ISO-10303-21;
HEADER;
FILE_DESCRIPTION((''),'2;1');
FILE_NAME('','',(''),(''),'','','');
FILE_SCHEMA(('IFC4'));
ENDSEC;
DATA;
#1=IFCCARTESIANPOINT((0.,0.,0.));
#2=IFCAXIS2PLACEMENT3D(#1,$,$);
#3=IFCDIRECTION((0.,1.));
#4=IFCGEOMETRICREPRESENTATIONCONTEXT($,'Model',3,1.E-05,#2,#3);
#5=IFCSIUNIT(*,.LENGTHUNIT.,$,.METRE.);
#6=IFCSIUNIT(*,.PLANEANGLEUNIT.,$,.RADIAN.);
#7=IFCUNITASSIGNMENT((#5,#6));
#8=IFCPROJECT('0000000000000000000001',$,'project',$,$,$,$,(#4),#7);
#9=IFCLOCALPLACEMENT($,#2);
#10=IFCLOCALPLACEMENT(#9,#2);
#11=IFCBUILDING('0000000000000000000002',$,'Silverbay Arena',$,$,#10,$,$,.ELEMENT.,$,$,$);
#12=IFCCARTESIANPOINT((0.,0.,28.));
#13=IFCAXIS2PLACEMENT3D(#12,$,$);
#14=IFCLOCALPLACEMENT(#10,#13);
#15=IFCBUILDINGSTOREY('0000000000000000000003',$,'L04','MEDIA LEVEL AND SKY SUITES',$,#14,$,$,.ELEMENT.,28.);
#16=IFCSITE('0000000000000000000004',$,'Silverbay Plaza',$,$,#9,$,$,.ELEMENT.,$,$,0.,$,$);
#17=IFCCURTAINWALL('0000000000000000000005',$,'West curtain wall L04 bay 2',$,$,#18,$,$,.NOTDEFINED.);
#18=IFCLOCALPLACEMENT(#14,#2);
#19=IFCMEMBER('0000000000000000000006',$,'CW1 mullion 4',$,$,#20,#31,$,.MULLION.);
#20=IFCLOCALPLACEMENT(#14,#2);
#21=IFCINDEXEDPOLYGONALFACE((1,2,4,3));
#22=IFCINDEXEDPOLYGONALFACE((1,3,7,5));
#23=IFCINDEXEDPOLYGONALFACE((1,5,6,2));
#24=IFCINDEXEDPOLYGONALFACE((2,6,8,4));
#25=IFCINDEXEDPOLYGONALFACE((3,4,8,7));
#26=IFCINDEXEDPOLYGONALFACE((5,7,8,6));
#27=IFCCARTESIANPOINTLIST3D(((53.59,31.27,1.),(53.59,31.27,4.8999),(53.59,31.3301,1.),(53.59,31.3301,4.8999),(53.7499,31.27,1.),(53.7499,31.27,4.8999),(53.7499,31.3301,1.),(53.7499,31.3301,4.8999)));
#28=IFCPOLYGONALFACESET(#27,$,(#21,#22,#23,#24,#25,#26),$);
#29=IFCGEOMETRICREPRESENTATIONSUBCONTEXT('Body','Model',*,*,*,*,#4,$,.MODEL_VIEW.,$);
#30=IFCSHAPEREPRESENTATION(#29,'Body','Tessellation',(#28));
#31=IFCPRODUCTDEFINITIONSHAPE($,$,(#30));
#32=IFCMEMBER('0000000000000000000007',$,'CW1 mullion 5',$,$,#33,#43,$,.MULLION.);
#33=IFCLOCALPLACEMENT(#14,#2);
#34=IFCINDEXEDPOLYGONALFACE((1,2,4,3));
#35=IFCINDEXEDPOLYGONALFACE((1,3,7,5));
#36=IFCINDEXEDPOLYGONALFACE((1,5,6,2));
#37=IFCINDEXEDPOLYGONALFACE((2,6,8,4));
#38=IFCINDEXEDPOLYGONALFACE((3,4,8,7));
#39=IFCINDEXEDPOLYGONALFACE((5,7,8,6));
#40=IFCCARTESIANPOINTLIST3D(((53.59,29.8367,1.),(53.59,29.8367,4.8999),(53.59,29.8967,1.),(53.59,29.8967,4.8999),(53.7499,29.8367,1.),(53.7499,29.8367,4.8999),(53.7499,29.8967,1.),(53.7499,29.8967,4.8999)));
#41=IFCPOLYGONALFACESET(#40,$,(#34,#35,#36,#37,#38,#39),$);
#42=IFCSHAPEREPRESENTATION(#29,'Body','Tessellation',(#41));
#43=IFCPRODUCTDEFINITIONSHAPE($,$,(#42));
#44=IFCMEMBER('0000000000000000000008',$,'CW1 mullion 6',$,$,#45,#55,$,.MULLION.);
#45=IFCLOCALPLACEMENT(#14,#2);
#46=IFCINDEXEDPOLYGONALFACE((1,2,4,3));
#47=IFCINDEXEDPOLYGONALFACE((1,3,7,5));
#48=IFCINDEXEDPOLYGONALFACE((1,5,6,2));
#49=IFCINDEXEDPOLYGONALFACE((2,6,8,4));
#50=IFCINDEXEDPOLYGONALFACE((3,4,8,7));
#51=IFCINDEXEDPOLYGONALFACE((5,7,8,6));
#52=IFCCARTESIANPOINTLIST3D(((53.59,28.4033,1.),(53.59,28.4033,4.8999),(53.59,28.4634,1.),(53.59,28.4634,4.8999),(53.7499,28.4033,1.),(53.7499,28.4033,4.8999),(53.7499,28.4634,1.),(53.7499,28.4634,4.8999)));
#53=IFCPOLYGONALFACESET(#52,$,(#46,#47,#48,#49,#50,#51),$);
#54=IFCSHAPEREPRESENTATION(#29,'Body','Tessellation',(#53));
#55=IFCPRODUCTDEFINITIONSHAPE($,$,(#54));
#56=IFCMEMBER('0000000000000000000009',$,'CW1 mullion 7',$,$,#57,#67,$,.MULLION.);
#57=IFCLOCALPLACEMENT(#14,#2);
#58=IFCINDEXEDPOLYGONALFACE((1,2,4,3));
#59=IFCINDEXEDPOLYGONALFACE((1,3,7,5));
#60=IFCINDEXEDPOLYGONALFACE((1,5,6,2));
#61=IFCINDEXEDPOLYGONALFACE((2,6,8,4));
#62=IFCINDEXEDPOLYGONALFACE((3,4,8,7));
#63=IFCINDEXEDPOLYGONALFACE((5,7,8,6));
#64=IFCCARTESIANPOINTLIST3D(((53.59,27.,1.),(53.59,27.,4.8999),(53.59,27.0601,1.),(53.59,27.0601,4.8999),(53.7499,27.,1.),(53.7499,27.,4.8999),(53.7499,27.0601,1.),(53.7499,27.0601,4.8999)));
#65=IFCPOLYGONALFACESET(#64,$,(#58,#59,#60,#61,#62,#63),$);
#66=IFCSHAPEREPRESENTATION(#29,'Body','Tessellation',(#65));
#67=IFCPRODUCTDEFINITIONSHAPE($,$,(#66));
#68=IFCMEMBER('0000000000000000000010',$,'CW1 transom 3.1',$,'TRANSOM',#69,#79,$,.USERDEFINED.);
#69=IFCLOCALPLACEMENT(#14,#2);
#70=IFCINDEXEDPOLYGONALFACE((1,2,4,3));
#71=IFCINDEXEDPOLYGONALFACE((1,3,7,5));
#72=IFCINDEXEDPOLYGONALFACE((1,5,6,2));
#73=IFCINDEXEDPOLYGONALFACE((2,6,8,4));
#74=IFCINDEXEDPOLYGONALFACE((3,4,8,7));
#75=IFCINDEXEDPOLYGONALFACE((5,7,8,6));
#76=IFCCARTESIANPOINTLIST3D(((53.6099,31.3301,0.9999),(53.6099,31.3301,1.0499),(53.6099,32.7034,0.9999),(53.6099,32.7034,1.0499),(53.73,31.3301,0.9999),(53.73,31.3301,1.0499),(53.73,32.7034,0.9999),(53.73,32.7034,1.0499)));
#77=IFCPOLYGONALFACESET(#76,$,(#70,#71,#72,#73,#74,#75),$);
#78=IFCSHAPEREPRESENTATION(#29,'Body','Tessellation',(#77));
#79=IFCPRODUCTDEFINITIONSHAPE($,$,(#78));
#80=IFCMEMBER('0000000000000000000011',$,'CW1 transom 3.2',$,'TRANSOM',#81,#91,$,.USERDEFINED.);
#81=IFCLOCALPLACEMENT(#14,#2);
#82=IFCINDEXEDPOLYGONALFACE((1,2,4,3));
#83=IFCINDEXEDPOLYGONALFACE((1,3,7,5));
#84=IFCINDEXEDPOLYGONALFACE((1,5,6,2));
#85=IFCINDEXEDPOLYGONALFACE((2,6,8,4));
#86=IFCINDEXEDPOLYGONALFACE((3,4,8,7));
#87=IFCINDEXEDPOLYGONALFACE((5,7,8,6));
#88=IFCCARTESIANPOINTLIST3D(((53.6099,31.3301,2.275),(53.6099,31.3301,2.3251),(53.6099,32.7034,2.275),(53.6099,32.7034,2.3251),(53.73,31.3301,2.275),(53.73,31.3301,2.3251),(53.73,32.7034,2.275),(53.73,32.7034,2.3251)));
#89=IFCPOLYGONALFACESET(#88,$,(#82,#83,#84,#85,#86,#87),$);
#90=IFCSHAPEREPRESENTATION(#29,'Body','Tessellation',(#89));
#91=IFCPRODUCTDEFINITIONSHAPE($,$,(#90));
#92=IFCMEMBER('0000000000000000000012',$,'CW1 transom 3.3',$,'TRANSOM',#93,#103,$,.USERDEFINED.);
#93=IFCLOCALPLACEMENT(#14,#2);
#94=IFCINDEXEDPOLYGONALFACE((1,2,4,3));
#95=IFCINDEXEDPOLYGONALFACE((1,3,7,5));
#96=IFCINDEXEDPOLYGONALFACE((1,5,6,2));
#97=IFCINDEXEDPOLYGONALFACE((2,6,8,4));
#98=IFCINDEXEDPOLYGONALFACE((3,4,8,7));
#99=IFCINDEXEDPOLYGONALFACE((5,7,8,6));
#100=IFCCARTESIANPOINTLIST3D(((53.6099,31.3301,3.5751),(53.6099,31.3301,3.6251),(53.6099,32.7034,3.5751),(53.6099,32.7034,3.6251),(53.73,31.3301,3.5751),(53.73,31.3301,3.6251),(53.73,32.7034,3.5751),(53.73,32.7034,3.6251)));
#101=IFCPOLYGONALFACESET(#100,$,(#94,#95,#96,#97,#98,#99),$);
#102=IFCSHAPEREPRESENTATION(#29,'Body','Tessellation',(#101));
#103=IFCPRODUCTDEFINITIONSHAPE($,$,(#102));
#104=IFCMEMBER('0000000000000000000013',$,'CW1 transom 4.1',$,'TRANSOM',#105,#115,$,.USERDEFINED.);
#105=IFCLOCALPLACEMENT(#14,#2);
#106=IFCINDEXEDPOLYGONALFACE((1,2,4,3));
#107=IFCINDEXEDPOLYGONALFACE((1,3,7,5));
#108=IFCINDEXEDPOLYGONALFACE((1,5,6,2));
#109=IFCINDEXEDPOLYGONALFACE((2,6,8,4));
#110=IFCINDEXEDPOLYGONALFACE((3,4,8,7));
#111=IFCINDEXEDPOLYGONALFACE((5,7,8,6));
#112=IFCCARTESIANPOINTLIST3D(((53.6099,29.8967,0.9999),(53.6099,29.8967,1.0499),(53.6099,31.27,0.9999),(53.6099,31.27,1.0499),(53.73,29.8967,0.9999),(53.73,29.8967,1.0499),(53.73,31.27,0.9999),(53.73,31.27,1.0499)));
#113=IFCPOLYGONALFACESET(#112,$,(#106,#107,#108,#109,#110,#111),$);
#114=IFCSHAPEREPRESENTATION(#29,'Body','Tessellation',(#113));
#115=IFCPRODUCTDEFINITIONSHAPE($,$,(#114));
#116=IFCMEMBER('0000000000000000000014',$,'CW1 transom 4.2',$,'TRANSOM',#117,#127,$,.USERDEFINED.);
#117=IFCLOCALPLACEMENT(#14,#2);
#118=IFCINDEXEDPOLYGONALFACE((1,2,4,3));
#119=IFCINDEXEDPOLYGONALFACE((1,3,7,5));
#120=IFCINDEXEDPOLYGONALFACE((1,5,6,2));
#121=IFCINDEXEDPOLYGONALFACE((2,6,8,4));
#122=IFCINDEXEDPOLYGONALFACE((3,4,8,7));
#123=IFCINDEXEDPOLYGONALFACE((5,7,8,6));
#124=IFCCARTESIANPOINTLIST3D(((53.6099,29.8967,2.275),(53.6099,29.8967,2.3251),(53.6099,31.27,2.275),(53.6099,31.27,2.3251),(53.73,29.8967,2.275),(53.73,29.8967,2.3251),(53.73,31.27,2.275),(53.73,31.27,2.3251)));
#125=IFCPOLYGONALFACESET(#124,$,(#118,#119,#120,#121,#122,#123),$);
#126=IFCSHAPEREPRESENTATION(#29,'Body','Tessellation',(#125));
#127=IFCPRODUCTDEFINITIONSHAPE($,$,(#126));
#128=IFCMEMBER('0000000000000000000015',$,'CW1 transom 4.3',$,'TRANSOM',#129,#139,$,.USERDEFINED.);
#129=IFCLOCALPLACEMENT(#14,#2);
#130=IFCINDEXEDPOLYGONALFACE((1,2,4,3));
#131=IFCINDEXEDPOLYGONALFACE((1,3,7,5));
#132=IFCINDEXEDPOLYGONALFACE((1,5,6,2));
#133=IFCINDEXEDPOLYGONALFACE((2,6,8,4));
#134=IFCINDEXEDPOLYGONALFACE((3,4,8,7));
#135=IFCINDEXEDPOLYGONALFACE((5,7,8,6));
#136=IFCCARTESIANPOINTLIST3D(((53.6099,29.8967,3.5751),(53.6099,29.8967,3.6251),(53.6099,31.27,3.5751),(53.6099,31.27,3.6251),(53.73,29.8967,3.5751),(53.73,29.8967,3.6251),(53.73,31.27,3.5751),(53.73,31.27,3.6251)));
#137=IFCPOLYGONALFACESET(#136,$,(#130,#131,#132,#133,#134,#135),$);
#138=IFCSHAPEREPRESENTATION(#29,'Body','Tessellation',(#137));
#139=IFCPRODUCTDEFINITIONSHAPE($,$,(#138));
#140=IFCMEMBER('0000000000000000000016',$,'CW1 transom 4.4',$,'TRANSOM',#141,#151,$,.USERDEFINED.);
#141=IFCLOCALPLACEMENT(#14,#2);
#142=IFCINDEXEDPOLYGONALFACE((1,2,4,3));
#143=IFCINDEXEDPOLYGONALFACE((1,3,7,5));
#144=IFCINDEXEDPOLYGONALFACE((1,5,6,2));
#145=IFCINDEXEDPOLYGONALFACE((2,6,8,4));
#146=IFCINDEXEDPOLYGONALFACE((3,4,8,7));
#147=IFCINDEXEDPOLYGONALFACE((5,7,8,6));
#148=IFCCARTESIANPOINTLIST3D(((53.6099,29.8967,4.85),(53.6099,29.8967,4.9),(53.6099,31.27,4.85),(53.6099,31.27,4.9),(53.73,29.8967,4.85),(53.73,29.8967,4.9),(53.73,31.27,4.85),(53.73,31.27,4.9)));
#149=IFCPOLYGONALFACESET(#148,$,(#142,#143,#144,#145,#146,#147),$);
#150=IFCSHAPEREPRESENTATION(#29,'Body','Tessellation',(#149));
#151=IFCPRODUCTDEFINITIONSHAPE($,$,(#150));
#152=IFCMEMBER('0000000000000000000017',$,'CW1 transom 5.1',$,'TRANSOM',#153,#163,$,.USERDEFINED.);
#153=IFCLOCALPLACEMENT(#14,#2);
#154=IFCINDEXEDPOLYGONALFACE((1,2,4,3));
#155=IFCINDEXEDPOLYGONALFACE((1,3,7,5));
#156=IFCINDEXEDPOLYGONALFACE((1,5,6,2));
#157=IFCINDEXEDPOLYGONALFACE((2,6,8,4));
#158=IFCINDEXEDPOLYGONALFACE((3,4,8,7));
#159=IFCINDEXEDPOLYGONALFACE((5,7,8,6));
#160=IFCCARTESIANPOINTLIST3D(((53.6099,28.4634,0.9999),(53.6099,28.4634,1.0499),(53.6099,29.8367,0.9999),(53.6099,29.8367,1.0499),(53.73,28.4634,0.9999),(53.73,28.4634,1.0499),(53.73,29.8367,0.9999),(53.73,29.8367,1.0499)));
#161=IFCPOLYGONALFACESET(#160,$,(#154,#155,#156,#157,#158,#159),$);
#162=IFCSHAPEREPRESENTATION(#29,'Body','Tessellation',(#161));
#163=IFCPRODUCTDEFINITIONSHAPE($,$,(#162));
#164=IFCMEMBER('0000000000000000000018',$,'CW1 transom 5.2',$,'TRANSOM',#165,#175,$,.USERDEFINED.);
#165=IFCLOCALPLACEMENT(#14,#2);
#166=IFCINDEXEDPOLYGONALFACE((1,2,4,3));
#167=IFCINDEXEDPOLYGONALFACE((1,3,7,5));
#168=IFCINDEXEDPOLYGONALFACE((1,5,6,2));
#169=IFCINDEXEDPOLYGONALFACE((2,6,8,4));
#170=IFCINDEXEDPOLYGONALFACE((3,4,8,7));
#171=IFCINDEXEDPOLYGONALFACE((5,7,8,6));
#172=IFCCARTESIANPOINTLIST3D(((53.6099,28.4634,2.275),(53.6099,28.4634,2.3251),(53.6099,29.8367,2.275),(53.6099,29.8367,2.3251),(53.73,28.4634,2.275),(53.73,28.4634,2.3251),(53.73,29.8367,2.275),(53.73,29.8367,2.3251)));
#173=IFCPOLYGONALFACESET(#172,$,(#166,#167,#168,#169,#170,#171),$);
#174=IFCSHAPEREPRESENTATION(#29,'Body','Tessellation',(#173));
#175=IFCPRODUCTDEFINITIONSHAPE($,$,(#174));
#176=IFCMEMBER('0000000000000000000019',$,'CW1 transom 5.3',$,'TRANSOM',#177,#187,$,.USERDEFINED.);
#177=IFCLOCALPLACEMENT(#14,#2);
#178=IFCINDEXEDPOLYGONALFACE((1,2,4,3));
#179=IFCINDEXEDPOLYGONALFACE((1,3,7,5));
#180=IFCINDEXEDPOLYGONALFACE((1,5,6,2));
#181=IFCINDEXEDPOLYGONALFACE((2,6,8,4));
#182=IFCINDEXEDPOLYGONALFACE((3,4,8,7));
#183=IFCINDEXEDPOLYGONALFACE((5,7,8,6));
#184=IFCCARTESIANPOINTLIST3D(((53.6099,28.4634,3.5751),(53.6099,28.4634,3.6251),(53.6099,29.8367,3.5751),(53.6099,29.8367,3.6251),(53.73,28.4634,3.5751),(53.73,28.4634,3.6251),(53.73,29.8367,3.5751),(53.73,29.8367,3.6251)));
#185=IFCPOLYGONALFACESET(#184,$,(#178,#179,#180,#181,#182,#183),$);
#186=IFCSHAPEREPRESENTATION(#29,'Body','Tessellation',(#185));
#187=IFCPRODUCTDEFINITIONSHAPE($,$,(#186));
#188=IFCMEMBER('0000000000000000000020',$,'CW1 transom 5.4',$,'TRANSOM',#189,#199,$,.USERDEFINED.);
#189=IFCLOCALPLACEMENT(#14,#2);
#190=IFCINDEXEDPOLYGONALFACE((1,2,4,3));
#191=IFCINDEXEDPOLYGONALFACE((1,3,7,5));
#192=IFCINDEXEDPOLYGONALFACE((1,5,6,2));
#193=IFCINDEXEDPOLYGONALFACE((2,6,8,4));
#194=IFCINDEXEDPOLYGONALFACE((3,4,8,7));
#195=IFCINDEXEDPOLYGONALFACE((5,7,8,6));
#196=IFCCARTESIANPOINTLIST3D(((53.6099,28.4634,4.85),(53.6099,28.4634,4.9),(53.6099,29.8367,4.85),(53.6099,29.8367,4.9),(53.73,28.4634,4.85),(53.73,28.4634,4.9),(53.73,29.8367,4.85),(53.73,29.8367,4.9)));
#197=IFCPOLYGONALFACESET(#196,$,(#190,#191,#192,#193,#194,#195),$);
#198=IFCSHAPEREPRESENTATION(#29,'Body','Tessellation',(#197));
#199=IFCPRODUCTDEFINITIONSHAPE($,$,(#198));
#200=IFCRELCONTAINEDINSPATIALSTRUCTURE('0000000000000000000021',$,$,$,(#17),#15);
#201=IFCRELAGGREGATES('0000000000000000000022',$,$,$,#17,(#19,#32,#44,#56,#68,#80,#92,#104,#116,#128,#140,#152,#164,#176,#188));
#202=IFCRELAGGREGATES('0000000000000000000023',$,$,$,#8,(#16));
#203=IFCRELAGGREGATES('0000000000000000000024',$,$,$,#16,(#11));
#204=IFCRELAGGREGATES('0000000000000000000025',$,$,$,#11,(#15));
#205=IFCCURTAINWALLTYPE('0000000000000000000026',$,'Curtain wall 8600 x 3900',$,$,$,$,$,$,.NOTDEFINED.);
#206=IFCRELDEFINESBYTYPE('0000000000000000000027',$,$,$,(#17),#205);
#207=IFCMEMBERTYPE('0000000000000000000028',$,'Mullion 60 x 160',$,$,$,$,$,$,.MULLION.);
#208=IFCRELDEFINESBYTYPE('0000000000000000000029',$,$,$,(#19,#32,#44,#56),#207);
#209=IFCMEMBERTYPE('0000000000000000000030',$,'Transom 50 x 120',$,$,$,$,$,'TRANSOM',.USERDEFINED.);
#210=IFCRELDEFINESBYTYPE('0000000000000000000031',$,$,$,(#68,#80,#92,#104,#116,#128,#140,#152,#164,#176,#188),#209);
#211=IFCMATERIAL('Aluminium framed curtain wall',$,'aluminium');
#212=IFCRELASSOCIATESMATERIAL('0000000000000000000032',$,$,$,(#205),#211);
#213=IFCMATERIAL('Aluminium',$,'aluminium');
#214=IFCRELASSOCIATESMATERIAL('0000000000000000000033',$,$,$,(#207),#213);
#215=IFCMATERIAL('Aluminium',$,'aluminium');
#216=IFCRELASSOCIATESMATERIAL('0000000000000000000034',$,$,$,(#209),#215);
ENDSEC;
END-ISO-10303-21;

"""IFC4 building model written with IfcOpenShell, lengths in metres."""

from ifc_helpers import new_model, si_unit, direction, frame, origin, origin_2d, place, context, subcontext, project, spatial, rectangle, extrude, material, material_profile, profile_set, type_object, element, aggregate, save


model = new_model("IFC4")

# Units and contexts
model_context = context("Model", 3, precision=1e-05, world=origin(), true_north=direction((0.0, 1.0)))
body_context = subcontext(model_context, "Body", "Model", "MODEL_VIEW")
ifc_project = project(units=[si_unit("LENGTHUNIT", "METRE"), si_unit("PLANEANGLEUNIT", "RADIAN")], contexts=[model_context])

# Site, building, storey
site_placement = place(None, origin())
site = spatial("IfcSite", under=ifc_project, at=site_placement, Name="Silverbay Plaza", CompositionType="ELEMENT", RefElevation=0.0)
building_placement = place(site_placement, origin())
building = spatial("IfcBuilding", under=site, at=building_placement, Name="Silverbay Arena", CompositionType="ELEMENT")
storey_placement = place(building_placement, frame((0.0, 0.0, 28.0)))
storey = spatial("IfcBuildingStorey", under=building, at=storey_placement, Name="L04", Description="MEDIA LEVEL AND SKY SUITES", CompositionType="ELEMENT", Elevation=28.0)

# Curtain wall, members
ifc_material_1 = material(Name="Aluminium framed curtain wall", Category="aluminium")
curtain_wall_type = type_object("IfcCurtainWallType", Name="Curtain wall 8600 x 3900", PredefinedType="NOTDEFINED", material=ifc_material_1)
curtain_wall_placement = place(storey_placement, origin())
curtain_wall = element("IfcCurtainWall", 1, at=curtain_wall_placement, inside=storey, type_object=curtain_wall_type, Name="West curtain wall L04 bay 2", PredefinedType="NOTDEFINED")
ifc_material_2 = material(Name="Aluminium", Category="aluminium")
ifc_material_profile_1 = material_profile(ifc_material_2, rectangle(XDim=0.1599, YDim=0.0601, at=origin_2d()), Name="Mullion 60 x 160")
ifc_profile_set_1 = profile_set([ifc_material_profile_1], Name="Aluminium")
member_type_1 = type_object("IfcMemberType", Name="Mullion 60 x 160", PredefinedType="MULLION", material=ifc_profile_set_1)
member_1_placement = place(storey_placement, frame((53.6699, 31.3, 1.0), z_axis=(0.0, 0.0, 1.0), x_axis=(1.0, 0.0, 0.0)))
member_1 = element("IfcMember", 2, at=member_1_placement, type_object=member_type_1, Name="CW1 mullion 4", PredefinedType="MULLION", context=body_context, shape_type="SweptSolid", body=[
    extrude(rectangle(XDim=0.1599, YDim=0.0601, at=origin_2d()), origin(), (0.0, 0.0, 1.0), 3.8999),
])
member_2_placement = place(storey_placement, frame((53.6699, 29.8667, 1.0), z_axis=(0.0, 0.0, 1.0), x_axis=(1.0, 0.0, 0.0)))
member_2 = element("IfcMember", 3, at=member_2_placement, type_object=member_type_1, Name="CW1 mullion 5", PredefinedType="MULLION", context=body_context, shape_type="SweptSolid", body=[
    extrude(rectangle(XDim=0.1599, YDim=0.0601, at=origin_2d()), origin(), (0.0, 0.0, 1.0), 3.8999),
])
member_3_placement = place(storey_placement, frame((53.6699, 28.4333, 1.0), z_axis=(0.0, 0.0, 1.0), x_axis=(1.0, 0.0, 0.0)))
member_3 = element("IfcMember", 4, at=member_3_placement, type_object=member_type_1, Name="CW1 mullion 6", PredefinedType="MULLION", context=body_context, shape_type="SweptSolid", body=[
    extrude(rectangle(XDim=0.1599, YDim=0.0601, at=origin_2d()), origin(), (0.0, 0.0, 1.0), 3.8999),
])
member_4_placement = place(storey_placement, frame((53.6699, 27.03, 1.0), z_axis=(0.0, 0.0, 1.0), x_axis=(1.0, 0.0, 0.0)))
member_4 = element("IfcMember", 5, at=member_4_placement, type_object=member_type_1, Name="CW1 mullion 7", PredefinedType="MULLION", context=body_context, shape_type="SweptSolid", body=[
    extrude(rectangle(XDim=0.1599, YDim=0.0601, at=origin_2d()), origin(), (0.0, 0.0, 1.0), 3.8999),
])
ifc_material_3 = material(Name="Aluminium", Category="aluminium")
ifc_material_profile_2 = material_profile(ifc_material_3, rectangle(XDim=0.1201, YDim=0.05, at=origin_2d()), Name="Transom 50 x 120")
ifc_profile_set_2 = profile_set([ifc_material_profile_2], Name="Aluminium")
member_type_2 = type_object("IfcMemberType", Name="Transom 50 x 120", ElementType="TRANSOM", PredefinedType="USERDEFINED", material=ifc_profile_set_2)
member_5_placement = place(storey_placement, frame((53.6699, 32.7034, 1.0249), z_axis=(0.0, -1.0, 0.0), x_axis=(1.0, 0.0, 0.0)))
member_5 = element("IfcMember", 6, at=member_5_placement, type_object=member_type_2, Name="CW1 transom 3.1", ObjectType="TRANSOM", PredefinedType="USERDEFINED", context=body_context, shape_type="SweptSolid", body=[
    extrude(rectangle(XDim=0.1201, YDim=0.05, at=origin_2d()), origin(), (0.0, 0.0, 1.0), 1.3733),
])
member_6_placement = place(storey_placement, frame((53.6699, 32.7034, 2.3), z_axis=(0.0, -1.0, 0.0), x_axis=(1.0, 0.0, 0.0)))
member_6 = element("IfcMember", 7, at=member_6_placement, type_object=member_type_2, Name="CW1 transom 3.2", ObjectType="TRANSOM", PredefinedType="USERDEFINED", context=body_context, shape_type="SweptSolid", body=[
    extrude(rectangle(XDim=0.1201, YDim=0.05, at=origin_2d()), origin(), (0.0, 0.0, 1.0), 1.3733),
])
member_7_placement = place(storey_placement, frame((53.6699, 32.7034, 3.6001), z_axis=(0.0, -1.0, 0.0), x_axis=(1.0, 0.0, 0.0)))
member_7 = element("IfcMember", 8, at=member_7_placement, type_object=member_type_2, Name="CW1 transom 3.3", ObjectType="TRANSOM", PredefinedType="USERDEFINED", context=body_context, shape_type="SweptSolid", body=[
    extrude(rectangle(XDim=0.1201, YDim=0.05, at=origin_2d()), origin(), (0.0, 0.0, 1.0), 1.3733),
])
member_8_placement = place(storey_placement, frame((53.6699, 31.27, 1.0249), z_axis=(0.0, -1.0, 0.0), x_axis=(1.0, 0.0, 0.0)))
member_8 = element("IfcMember", 9, at=member_8_placement, type_object=member_type_2, Name="CW1 transom 4.1", ObjectType="TRANSOM", PredefinedType="USERDEFINED", context=body_context, shape_type="SweptSolid", body=[
    extrude(rectangle(XDim=0.1201, YDim=0.05, at=origin_2d()), origin(), (0.0, 0.0, 1.0), 1.3733),
])
member_9_placement = place(storey_placement, frame((53.6699, 31.27, 2.3), z_axis=(0.0, -1.0, 0.0), x_axis=(1.0, 0.0, 0.0)))
member_9 = element("IfcMember", 10, at=member_9_placement, type_object=member_type_2, Name="CW1 transom 4.2", ObjectType="TRANSOM", PredefinedType="USERDEFINED", context=body_context, shape_type="SweptSolid", body=[
    extrude(rectangle(XDim=0.1201, YDim=0.05, at=origin_2d()), origin(), (0.0, 0.0, 1.0), 1.3733),
])
member_10_placement = place(storey_placement, frame((53.6699, 31.27, 3.6001), z_axis=(0.0, -1.0, 0.0), x_axis=(1.0, 0.0, 0.0)))
member_10 = element("IfcMember", 11, at=member_10_placement, type_object=member_type_2, Name="CW1 transom 4.3", ObjectType="TRANSOM", PredefinedType="USERDEFINED", context=body_context, shape_type="SweptSolid", body=[
    extrude(rectangle(XDim=0.1201, YDim=0.05, at=origin_2d()), origin(), (0.0, 0.0, 1.0), 1.3733),
])
member_11_placement = place(storey_placement, frame((53.6699, 31.27, 4.875), z_axis=(0.0, -1.0, 0.0), x_axis=(1.0, 0.0, 0.0)))
member_11 = element("IfcMember", 12, at=member_11_placement, type_object=member_type_2, Name="CW1 transom 4.4", ObjectType="TRANSOM", PredefinedType="USERDEFINED", context=body_context, shape_type="SweptSolid", body=[
    extrude(rectangle(XDim=0.1201, YDim=0.05, at=origin_2d()), origin(), (0.0, 0.0, 1.0), 1.3733),
])
member_12_placement = place(storey_placement, frame((53.6699, 29.8367, 1.0249), z_axis=(0.0, -1.0, 0.0), x_axis=(1.0, 0.0, 0.0)))
member_12 = element("IfcMember", 13, at=member_12_placement, type_object=member_type_2, Name="CW1 transom 5.1", ObjectType="TRANSOM", PredefinedType="USERDEFINED", context=body_context, shape_type="SweptSolid", body=[
    extrude(rectangle(XDim=0.1201, YDim=0.05, at=origin_2d()), origin(), (0.0, 0.0, 1.0), 1.3733),
])
member_13_placement = place(storey_placement, frame((53.6699, 29.8367, 2.3), z_axis=(0.0, -1.0, 0.0), x_axis=(1.0, 0.0, 0.0)))
member_13 = element("IfcMember", 14, at=member_13_placement, type_object=member_type_2, Name="CW1 transom 5.2", ObjectType="TRANSOM", PredefinedType="USERDEFINED", context=body_context, shape_type="SweptSolid", body=[
    extrude(rectangle(XDim=0.1201, YDim=0.05, at=origin_2d()), origin(), (0.0, 0.0, 1.0), 1.3733),
])
member_14_placement = place(storey_placement, frame((53.6699, 29.8367, 3.6001), z_axis=(0.0, -1.0, 0.0), x_axis=(1.0, 0.0, 0.0)))
member_14 = element("IfcMember", 15, at=member_14_placement, type_object=member_type_2, Name="CW1 transom 5.3", ObjectType="TRANSOM", PredefinedType="USERDEFINED", context=body_context, shape_type="SweptSolid", body=[
    extrude(rectangle(XDim=0.1201, YDim=0.05, at=origin_2d()), origin(), (0.0, 0.0, 1.0), 1.3733),
])
member_15_placement = place(storey_placement, frame((53.6699, 29.8367, 4.875), z_axis=(0.0, -1.0, 0.0), x_axis=(1.0, 0.0, 0.0)))
member_15 = element("IfcMember", 16, at=member_15_placement, type_object=member_type_2, Name="CW1 transom 5.4", ObjectType="TRANSOM", PredefinedType="USERDEFINED", context=body_context, shape_type="SweptSolid", body=[
    extrude(rectangle(XDim=0.1201, YDim=0.05, at=origin_2d()), origin(), (0.0, 0.0, 1.0), 1.3733),
])
aggregate(curtain_wall, [member_1, member_2, member_3, member_4, member_5, member_6, member_7, member_8, member_9, member_10, member_11, member_12, member_13, member_14, member_15])

save(model, "model.ifc")
